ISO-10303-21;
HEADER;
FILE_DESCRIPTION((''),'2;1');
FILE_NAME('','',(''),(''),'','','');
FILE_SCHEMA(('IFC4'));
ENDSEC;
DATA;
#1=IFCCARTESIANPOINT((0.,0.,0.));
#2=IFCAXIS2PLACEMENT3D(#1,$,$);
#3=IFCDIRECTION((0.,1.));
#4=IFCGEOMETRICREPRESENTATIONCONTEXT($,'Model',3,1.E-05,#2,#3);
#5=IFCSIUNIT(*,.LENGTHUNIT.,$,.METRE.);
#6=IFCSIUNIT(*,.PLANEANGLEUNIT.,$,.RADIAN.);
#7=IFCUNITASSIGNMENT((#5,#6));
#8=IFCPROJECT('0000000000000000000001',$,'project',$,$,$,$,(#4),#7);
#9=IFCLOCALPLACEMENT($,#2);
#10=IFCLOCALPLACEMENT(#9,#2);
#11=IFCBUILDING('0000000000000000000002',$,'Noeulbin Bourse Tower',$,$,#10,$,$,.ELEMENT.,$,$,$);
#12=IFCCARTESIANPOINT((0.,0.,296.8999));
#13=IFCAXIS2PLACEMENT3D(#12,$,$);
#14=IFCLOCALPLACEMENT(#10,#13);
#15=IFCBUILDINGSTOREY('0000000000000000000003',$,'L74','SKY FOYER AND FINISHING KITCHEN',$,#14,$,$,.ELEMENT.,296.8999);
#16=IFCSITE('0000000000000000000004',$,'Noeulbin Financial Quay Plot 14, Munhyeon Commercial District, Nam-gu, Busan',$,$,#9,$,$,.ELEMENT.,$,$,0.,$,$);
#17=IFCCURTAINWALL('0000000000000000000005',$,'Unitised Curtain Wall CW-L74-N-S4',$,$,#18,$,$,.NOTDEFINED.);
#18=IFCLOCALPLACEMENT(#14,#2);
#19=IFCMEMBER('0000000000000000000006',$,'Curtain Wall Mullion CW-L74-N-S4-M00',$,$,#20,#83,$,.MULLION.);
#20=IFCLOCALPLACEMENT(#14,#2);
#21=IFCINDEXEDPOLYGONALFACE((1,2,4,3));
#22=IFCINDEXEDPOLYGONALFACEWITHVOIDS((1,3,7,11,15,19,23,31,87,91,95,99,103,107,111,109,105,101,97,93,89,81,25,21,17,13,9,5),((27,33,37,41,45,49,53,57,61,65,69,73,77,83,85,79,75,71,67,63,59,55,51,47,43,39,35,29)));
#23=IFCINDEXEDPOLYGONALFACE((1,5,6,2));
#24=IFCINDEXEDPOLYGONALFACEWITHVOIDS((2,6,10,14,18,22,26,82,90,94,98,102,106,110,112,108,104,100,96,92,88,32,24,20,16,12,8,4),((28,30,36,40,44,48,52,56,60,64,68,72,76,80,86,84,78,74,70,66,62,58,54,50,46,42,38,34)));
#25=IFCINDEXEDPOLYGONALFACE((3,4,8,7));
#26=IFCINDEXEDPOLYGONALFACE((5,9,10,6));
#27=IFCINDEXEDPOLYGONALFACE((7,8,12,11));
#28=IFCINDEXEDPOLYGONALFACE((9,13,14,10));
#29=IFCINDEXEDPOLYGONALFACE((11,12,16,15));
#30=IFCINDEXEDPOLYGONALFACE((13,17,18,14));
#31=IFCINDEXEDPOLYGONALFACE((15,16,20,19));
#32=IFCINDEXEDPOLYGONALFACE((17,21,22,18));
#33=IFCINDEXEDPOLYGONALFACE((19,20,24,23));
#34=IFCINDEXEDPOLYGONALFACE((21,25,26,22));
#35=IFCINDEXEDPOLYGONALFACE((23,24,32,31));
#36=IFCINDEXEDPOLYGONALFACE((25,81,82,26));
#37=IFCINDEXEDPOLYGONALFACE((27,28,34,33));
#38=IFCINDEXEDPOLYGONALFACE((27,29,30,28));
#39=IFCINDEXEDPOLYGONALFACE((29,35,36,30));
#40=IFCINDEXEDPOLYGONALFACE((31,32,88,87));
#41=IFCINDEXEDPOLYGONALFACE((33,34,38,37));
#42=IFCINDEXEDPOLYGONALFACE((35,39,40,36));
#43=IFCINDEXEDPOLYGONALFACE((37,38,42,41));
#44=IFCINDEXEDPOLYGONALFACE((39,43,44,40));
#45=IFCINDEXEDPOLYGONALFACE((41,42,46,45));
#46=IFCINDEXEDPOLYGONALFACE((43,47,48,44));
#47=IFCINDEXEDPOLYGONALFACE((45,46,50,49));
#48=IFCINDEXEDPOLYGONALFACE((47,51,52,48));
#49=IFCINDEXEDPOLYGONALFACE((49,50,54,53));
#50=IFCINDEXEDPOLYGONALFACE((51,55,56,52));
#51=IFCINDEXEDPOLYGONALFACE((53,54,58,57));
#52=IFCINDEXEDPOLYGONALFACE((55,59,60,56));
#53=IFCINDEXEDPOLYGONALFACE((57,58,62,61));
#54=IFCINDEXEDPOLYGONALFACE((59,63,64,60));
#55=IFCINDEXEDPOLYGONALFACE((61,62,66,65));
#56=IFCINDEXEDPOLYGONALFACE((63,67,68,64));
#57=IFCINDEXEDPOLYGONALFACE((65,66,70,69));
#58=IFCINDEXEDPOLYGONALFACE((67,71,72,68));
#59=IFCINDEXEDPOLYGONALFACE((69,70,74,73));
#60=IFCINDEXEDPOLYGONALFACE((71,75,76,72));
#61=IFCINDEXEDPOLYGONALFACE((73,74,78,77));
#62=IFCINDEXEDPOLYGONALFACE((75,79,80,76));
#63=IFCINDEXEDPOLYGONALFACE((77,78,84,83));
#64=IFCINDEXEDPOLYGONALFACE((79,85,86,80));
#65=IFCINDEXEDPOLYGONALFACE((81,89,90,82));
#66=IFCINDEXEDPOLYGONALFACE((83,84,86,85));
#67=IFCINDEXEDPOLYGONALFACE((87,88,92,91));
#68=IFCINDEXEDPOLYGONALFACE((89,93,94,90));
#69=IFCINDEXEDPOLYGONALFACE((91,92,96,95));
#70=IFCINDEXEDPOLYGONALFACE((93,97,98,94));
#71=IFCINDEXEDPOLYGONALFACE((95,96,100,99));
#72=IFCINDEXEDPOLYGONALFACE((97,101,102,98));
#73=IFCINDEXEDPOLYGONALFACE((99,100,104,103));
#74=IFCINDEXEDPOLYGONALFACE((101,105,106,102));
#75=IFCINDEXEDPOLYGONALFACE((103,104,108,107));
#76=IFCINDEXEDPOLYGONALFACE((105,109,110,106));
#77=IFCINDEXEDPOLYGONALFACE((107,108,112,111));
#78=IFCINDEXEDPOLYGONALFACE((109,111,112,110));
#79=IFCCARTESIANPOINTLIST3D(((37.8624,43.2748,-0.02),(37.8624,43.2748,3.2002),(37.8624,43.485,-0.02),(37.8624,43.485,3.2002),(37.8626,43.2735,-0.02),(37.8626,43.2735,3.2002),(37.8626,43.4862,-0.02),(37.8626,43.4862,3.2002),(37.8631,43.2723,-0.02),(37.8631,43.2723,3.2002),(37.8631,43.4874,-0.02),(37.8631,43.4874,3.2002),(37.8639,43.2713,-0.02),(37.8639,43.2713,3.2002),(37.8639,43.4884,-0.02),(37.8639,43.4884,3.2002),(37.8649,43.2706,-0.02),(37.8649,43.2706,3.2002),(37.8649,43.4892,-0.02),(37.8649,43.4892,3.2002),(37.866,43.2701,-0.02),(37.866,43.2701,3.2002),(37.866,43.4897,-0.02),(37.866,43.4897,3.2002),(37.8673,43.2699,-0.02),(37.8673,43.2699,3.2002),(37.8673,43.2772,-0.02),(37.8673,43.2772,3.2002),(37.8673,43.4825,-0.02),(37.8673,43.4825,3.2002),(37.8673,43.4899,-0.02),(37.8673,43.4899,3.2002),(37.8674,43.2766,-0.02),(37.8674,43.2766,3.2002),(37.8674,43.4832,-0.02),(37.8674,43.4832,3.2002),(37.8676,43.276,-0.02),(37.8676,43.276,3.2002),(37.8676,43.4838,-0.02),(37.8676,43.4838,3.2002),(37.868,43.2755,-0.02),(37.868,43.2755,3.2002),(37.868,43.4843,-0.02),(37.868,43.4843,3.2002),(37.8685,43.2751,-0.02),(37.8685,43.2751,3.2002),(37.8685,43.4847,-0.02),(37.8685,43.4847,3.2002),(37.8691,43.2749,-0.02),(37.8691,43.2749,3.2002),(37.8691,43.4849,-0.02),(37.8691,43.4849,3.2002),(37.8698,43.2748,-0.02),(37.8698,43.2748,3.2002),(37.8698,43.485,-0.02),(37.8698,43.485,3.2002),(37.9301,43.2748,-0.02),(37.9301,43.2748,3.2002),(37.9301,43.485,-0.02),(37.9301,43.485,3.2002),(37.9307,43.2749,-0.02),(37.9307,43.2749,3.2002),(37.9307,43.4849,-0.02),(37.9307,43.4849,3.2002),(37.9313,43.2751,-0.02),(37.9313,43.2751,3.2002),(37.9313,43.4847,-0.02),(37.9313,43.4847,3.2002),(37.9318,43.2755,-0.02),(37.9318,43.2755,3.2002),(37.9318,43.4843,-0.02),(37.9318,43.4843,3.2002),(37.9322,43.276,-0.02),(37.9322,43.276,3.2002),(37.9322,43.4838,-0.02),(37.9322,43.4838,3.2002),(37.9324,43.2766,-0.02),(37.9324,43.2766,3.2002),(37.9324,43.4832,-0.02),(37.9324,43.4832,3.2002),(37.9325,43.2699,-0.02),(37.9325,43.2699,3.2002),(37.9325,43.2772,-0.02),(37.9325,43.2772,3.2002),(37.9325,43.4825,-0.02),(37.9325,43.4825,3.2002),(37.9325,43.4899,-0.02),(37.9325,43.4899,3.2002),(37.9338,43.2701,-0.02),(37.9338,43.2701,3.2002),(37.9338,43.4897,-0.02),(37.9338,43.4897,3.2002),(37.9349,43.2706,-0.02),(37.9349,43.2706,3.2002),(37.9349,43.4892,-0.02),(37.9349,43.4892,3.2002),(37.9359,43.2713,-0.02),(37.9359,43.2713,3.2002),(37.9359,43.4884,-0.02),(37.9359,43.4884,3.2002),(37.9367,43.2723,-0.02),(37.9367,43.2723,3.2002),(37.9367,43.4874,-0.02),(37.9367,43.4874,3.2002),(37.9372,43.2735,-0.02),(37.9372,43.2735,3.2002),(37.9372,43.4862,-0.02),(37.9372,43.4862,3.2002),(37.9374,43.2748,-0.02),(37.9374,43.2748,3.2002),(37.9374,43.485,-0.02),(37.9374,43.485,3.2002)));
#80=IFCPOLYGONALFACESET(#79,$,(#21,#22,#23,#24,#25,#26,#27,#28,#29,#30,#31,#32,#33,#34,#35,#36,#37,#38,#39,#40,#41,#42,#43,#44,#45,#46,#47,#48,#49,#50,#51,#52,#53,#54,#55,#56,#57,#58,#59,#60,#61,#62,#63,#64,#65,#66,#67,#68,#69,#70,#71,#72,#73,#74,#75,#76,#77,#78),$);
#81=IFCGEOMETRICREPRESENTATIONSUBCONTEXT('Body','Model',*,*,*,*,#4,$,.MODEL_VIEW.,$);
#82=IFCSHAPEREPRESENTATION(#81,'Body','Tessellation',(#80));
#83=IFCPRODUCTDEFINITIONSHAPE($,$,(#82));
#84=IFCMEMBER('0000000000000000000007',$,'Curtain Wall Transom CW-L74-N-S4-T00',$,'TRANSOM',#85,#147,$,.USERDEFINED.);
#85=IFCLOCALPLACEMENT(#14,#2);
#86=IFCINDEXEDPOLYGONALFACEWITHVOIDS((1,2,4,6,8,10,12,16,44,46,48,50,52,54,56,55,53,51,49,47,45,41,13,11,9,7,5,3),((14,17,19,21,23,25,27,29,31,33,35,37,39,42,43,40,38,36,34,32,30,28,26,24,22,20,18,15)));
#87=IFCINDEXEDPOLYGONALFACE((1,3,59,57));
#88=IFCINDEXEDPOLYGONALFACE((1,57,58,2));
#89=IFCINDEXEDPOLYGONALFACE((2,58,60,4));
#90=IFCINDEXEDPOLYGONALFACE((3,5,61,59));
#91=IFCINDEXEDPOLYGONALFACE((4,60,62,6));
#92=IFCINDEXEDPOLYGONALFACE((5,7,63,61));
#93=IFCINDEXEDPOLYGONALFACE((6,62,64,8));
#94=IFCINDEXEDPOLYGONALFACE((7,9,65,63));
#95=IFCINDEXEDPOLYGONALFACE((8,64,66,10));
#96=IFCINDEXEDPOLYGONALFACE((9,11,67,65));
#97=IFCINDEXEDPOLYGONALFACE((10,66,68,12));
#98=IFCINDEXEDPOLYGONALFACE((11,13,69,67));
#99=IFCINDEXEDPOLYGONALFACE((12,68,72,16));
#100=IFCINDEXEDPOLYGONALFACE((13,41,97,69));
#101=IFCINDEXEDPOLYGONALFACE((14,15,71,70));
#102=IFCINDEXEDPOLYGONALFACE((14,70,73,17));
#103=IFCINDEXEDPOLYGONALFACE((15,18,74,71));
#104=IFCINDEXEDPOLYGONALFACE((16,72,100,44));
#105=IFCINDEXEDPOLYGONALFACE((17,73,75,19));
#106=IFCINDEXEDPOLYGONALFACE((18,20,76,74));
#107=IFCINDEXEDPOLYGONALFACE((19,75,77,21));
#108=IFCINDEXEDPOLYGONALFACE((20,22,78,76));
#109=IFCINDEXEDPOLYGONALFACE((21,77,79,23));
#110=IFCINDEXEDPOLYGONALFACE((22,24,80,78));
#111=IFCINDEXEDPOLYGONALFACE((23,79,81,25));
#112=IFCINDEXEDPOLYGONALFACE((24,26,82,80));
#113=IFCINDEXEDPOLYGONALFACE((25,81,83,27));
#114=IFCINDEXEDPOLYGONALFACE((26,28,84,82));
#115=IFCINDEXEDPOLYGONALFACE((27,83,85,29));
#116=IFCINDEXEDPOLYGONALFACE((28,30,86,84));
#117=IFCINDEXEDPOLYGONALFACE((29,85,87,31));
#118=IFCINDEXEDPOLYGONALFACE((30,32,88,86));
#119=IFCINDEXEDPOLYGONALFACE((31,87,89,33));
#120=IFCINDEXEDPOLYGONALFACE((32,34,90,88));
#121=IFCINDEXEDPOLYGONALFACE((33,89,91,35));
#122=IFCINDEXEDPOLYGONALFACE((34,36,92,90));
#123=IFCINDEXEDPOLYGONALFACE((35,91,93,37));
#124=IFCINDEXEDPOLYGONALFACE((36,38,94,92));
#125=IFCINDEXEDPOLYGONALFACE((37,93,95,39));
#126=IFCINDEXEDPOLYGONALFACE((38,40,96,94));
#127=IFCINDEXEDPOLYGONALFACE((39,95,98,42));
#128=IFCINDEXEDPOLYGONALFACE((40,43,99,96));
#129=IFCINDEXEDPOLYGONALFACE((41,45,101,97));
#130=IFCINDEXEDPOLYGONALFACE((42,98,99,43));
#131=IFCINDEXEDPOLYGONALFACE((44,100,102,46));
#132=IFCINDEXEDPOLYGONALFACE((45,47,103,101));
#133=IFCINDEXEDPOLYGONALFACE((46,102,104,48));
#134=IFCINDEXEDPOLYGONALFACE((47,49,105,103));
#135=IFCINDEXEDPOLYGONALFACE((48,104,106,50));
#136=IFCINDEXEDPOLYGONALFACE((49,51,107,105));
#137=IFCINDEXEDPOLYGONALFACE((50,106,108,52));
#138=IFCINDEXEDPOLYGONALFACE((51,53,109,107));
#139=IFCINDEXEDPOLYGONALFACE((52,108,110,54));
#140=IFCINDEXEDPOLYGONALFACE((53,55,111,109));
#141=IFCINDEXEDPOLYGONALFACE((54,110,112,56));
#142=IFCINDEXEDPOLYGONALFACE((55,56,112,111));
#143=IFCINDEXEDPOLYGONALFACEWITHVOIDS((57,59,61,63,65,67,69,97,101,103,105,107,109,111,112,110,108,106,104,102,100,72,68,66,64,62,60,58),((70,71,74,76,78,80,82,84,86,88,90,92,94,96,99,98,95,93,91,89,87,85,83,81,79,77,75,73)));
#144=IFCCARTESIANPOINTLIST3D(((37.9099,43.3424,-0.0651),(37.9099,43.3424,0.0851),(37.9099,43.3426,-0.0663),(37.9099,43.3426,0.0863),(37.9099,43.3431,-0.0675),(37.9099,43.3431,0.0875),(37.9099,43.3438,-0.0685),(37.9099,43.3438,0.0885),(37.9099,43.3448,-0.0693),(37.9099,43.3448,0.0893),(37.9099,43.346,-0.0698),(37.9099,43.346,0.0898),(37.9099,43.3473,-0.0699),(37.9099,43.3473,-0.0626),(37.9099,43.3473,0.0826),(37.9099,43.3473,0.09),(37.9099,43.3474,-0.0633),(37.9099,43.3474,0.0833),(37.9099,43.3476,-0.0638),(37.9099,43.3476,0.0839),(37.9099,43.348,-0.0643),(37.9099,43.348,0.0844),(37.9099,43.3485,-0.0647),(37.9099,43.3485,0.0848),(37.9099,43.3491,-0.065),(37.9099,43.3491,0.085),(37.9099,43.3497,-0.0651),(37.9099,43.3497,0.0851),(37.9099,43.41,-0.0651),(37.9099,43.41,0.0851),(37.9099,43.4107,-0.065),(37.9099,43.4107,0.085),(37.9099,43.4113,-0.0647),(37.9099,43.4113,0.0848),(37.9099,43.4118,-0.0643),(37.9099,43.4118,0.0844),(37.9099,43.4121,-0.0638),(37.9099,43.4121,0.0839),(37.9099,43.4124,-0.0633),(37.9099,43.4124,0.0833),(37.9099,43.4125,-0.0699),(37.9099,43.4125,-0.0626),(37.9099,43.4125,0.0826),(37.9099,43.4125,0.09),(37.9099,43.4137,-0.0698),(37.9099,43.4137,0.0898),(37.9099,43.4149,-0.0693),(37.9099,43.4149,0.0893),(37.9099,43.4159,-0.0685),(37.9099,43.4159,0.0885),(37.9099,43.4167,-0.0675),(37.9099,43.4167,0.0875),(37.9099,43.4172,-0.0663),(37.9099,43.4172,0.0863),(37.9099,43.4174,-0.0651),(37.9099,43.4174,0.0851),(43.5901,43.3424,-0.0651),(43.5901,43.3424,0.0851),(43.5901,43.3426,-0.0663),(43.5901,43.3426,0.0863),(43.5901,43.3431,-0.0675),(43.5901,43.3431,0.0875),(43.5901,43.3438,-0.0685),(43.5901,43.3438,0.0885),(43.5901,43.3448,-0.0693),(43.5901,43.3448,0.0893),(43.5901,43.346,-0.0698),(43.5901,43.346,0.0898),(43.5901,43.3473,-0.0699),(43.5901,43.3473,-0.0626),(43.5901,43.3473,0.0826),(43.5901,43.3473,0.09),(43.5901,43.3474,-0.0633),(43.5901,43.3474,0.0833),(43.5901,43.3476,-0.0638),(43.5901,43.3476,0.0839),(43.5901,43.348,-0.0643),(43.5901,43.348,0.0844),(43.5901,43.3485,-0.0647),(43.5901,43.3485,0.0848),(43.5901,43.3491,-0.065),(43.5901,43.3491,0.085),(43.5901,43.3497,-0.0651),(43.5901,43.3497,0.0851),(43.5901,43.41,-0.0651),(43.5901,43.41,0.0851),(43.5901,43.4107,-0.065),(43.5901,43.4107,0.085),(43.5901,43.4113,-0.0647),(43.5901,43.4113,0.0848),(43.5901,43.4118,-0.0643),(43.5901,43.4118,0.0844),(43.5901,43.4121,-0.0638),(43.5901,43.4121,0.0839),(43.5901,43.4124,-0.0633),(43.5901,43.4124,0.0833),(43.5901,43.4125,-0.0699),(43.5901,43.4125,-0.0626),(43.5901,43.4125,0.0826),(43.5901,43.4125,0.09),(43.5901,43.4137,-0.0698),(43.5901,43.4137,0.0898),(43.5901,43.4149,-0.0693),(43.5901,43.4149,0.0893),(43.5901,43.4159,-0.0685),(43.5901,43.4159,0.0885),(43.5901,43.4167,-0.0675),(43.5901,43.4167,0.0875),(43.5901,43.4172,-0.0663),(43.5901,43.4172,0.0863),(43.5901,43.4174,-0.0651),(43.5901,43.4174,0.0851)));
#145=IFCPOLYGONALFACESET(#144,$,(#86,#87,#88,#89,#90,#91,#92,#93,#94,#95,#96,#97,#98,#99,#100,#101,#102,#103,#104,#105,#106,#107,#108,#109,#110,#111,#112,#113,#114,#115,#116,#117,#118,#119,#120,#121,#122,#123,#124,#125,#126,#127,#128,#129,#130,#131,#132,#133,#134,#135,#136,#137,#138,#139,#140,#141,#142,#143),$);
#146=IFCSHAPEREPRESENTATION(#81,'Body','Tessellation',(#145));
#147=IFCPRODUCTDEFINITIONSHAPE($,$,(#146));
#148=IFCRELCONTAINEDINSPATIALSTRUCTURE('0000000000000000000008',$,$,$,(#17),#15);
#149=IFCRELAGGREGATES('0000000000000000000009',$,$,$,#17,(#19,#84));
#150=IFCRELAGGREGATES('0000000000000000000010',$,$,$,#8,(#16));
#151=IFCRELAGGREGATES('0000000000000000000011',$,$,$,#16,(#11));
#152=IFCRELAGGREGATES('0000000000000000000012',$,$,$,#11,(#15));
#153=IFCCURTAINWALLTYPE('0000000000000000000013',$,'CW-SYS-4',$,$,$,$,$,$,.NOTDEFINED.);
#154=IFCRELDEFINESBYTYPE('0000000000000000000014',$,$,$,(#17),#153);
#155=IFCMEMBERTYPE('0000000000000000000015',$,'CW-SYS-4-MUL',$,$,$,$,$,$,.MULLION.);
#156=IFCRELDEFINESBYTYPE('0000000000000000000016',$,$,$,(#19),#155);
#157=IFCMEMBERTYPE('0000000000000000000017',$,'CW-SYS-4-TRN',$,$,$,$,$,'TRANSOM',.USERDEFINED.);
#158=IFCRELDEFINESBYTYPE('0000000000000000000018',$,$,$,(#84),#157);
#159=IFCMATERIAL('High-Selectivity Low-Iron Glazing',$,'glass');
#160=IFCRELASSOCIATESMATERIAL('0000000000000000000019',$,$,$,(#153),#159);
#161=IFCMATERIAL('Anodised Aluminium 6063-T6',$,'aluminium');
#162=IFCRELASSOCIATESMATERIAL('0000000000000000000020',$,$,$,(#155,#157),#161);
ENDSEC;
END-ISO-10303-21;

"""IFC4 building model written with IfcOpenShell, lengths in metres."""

from ifc_helpers import new_model, si_unit, direction, frame, origin, origin_2d, place, context, subcontext, project, spatial, hollow_rectangle, extrude, material, material_profile, profile_set, type_object, element, aggregate, save


model = new_model("IFC4")

# Units and contexts
model_context = context("Model", 3, precision=1e-05, world=origin(), true_north=direction((0.0, 1.0)))
body_context = subcontext(model_context, "Body", "Model", "MODEL_VIEW")
ifc_project = project(units=[si_unit("LENGTHUNIT", "METRE"), si_unit("PLANEANGLEUNIT", "RADIAN")], contexts=[model_context])

# Site, building, storey
site_placement = place(None, origin())
site = spatial("IfcSite", under=ifc_project, at=site_placement, Name="Noeulbin Financial Quay Plot 14, Munhyeon Commercial District, Nam-gu, Busan", CompositionType="ELEMENT", RefElevation=0.0)
building_placement = place(site_placement, origin())
building = spatial("IfcBuilding", under=site, at=building_placement, Name="Noeulbin Bourse Tower", CompositionType="ELEMENT")
storey_placement = place(building_placement, frame((0.0, 0.0, 296.8999)))
storey = spatial("IfcBuildingStorey", under=building, at=storey_placement, Name="L74", Description="SKY FOYER AND FINISHING KITCHEN", CompositionType="ELEMENT", Elevation=296.8999)

# Shared definitions
ifc_material_1 = material(Name="High-Selectivity Low-Iron Glazing", Category="glass")
curtain_wall_type = type_object("IfcCurtainWallType", Name="CW-SYS-4", PredefinedType="NOTDEFINED", material=ifc_material_1)
ifc_material_2 = material(Name="Anodised Aluminium 6063-T6", Category="aluminium")
ifc_material_profile_1 = material_profile(ifc_material_2, hollow_rectangle(XDim=0.075, YDim=0.22, WallThickness=0.0049, InnerFilletRadius=0.0024, OuterFilletRadius=0.0049, at=origin_2d()), Name="ALU-MULL-75x220x5", Category="LoadBearing")
ifc_profile_set_1 = profile_set([ifc_material_profile_1], Name="Anodised Aluminium 6063-T6")
member_type_1 = type_object("IfcMemberType", Name="CW-SYS-4-MUL", PredefinedType="MULLION", material=ifc_profile_set_1)

# Curtain wall, members
curtain_wall_1_placement = place(storey_placement, origin())
curtain_wall_1 = element("IfcCurtainWall", 1, at=curtain_wall_1_placement, inside=storey, type_object=curtain_wall_type, Name="Unitised Curtain Wall CW-L74-N-S4", PredefinedType="NOTDEFINED")
member_1_placement = place(storey_placement, frame((37.8999, 43.3799, -0.02), z_axis=(0.0, 0.0, 1.0), x_axis=(1.0, 0.0, 0.0)))
member_1 = element("IfcMember", 2, at=member_1_placement, type_object=member_type_1, Name="Curtain Wall Mullion CW-L74-N-S4-M00", PredefinedType="MULLION", context=body_context, shape_type="SweptSolid", body=[
    extrude(hollow_rectangle(XDim=0.075, YDim=0.22, WallThickness=0.0049, InnerFilletRadius=0.0024, OuterFilletRadius=0.0049, at=origin_2d()), origin(), (0.0, 0.0, 1.0), 3.2202),
])
ifc_material_profile_2 = material_profile(ifc_material_2, hollow_rectangle(XDim=0.075, YDim=0.1599, WallThickness=0.0049, InnerFilletRadius=0.0024, OuterFilletRadius=0.0049, at=origin_2d()), Name="ALU-TRAN-75x160x5", Category="LoadBearing")
ifc_profile_set_2 = profile_set([ifc_material_profile_2], Name="Anodised Aluminium 6063-T6")
member_type_2 = type_object("IfcMemberType", Name="CW-SYS-4-TRN", ElementType="TRANSOM", PredefinedType="USERDEFINED", material=ifc_profile_set_2)
member_2_placement = place(storey_placement, frame((37.9099, 43.3799, 0.01), z_axis=(1.0, 0.0, 0.0), x_axis=(0.0, 1.0, 0.0)))
member_2 = element("IfcMember", 3, at=member_2_placement, type_object=member_type_2, Name="Curtain Wall Transom CW-L74-N-S4-T00", ObjectType="TRANSOM", PredefinedType="USERDEFINED", context=body_context, shape_type="SweptSolid", body=[
    extrude(hollow_rectangle(XDim=0.075, YDim=0.1599, WallThickness=0.0049, InnerFilletRadius=0.0024, OuterFilletRadius=0.0049, at=origin_2d()), origin(), (0.0, 0.0, 1.0), 5.6802),
])

aggregate(curtain_wall_1, [member_1, member_2])

save(model, "model.ifc")
